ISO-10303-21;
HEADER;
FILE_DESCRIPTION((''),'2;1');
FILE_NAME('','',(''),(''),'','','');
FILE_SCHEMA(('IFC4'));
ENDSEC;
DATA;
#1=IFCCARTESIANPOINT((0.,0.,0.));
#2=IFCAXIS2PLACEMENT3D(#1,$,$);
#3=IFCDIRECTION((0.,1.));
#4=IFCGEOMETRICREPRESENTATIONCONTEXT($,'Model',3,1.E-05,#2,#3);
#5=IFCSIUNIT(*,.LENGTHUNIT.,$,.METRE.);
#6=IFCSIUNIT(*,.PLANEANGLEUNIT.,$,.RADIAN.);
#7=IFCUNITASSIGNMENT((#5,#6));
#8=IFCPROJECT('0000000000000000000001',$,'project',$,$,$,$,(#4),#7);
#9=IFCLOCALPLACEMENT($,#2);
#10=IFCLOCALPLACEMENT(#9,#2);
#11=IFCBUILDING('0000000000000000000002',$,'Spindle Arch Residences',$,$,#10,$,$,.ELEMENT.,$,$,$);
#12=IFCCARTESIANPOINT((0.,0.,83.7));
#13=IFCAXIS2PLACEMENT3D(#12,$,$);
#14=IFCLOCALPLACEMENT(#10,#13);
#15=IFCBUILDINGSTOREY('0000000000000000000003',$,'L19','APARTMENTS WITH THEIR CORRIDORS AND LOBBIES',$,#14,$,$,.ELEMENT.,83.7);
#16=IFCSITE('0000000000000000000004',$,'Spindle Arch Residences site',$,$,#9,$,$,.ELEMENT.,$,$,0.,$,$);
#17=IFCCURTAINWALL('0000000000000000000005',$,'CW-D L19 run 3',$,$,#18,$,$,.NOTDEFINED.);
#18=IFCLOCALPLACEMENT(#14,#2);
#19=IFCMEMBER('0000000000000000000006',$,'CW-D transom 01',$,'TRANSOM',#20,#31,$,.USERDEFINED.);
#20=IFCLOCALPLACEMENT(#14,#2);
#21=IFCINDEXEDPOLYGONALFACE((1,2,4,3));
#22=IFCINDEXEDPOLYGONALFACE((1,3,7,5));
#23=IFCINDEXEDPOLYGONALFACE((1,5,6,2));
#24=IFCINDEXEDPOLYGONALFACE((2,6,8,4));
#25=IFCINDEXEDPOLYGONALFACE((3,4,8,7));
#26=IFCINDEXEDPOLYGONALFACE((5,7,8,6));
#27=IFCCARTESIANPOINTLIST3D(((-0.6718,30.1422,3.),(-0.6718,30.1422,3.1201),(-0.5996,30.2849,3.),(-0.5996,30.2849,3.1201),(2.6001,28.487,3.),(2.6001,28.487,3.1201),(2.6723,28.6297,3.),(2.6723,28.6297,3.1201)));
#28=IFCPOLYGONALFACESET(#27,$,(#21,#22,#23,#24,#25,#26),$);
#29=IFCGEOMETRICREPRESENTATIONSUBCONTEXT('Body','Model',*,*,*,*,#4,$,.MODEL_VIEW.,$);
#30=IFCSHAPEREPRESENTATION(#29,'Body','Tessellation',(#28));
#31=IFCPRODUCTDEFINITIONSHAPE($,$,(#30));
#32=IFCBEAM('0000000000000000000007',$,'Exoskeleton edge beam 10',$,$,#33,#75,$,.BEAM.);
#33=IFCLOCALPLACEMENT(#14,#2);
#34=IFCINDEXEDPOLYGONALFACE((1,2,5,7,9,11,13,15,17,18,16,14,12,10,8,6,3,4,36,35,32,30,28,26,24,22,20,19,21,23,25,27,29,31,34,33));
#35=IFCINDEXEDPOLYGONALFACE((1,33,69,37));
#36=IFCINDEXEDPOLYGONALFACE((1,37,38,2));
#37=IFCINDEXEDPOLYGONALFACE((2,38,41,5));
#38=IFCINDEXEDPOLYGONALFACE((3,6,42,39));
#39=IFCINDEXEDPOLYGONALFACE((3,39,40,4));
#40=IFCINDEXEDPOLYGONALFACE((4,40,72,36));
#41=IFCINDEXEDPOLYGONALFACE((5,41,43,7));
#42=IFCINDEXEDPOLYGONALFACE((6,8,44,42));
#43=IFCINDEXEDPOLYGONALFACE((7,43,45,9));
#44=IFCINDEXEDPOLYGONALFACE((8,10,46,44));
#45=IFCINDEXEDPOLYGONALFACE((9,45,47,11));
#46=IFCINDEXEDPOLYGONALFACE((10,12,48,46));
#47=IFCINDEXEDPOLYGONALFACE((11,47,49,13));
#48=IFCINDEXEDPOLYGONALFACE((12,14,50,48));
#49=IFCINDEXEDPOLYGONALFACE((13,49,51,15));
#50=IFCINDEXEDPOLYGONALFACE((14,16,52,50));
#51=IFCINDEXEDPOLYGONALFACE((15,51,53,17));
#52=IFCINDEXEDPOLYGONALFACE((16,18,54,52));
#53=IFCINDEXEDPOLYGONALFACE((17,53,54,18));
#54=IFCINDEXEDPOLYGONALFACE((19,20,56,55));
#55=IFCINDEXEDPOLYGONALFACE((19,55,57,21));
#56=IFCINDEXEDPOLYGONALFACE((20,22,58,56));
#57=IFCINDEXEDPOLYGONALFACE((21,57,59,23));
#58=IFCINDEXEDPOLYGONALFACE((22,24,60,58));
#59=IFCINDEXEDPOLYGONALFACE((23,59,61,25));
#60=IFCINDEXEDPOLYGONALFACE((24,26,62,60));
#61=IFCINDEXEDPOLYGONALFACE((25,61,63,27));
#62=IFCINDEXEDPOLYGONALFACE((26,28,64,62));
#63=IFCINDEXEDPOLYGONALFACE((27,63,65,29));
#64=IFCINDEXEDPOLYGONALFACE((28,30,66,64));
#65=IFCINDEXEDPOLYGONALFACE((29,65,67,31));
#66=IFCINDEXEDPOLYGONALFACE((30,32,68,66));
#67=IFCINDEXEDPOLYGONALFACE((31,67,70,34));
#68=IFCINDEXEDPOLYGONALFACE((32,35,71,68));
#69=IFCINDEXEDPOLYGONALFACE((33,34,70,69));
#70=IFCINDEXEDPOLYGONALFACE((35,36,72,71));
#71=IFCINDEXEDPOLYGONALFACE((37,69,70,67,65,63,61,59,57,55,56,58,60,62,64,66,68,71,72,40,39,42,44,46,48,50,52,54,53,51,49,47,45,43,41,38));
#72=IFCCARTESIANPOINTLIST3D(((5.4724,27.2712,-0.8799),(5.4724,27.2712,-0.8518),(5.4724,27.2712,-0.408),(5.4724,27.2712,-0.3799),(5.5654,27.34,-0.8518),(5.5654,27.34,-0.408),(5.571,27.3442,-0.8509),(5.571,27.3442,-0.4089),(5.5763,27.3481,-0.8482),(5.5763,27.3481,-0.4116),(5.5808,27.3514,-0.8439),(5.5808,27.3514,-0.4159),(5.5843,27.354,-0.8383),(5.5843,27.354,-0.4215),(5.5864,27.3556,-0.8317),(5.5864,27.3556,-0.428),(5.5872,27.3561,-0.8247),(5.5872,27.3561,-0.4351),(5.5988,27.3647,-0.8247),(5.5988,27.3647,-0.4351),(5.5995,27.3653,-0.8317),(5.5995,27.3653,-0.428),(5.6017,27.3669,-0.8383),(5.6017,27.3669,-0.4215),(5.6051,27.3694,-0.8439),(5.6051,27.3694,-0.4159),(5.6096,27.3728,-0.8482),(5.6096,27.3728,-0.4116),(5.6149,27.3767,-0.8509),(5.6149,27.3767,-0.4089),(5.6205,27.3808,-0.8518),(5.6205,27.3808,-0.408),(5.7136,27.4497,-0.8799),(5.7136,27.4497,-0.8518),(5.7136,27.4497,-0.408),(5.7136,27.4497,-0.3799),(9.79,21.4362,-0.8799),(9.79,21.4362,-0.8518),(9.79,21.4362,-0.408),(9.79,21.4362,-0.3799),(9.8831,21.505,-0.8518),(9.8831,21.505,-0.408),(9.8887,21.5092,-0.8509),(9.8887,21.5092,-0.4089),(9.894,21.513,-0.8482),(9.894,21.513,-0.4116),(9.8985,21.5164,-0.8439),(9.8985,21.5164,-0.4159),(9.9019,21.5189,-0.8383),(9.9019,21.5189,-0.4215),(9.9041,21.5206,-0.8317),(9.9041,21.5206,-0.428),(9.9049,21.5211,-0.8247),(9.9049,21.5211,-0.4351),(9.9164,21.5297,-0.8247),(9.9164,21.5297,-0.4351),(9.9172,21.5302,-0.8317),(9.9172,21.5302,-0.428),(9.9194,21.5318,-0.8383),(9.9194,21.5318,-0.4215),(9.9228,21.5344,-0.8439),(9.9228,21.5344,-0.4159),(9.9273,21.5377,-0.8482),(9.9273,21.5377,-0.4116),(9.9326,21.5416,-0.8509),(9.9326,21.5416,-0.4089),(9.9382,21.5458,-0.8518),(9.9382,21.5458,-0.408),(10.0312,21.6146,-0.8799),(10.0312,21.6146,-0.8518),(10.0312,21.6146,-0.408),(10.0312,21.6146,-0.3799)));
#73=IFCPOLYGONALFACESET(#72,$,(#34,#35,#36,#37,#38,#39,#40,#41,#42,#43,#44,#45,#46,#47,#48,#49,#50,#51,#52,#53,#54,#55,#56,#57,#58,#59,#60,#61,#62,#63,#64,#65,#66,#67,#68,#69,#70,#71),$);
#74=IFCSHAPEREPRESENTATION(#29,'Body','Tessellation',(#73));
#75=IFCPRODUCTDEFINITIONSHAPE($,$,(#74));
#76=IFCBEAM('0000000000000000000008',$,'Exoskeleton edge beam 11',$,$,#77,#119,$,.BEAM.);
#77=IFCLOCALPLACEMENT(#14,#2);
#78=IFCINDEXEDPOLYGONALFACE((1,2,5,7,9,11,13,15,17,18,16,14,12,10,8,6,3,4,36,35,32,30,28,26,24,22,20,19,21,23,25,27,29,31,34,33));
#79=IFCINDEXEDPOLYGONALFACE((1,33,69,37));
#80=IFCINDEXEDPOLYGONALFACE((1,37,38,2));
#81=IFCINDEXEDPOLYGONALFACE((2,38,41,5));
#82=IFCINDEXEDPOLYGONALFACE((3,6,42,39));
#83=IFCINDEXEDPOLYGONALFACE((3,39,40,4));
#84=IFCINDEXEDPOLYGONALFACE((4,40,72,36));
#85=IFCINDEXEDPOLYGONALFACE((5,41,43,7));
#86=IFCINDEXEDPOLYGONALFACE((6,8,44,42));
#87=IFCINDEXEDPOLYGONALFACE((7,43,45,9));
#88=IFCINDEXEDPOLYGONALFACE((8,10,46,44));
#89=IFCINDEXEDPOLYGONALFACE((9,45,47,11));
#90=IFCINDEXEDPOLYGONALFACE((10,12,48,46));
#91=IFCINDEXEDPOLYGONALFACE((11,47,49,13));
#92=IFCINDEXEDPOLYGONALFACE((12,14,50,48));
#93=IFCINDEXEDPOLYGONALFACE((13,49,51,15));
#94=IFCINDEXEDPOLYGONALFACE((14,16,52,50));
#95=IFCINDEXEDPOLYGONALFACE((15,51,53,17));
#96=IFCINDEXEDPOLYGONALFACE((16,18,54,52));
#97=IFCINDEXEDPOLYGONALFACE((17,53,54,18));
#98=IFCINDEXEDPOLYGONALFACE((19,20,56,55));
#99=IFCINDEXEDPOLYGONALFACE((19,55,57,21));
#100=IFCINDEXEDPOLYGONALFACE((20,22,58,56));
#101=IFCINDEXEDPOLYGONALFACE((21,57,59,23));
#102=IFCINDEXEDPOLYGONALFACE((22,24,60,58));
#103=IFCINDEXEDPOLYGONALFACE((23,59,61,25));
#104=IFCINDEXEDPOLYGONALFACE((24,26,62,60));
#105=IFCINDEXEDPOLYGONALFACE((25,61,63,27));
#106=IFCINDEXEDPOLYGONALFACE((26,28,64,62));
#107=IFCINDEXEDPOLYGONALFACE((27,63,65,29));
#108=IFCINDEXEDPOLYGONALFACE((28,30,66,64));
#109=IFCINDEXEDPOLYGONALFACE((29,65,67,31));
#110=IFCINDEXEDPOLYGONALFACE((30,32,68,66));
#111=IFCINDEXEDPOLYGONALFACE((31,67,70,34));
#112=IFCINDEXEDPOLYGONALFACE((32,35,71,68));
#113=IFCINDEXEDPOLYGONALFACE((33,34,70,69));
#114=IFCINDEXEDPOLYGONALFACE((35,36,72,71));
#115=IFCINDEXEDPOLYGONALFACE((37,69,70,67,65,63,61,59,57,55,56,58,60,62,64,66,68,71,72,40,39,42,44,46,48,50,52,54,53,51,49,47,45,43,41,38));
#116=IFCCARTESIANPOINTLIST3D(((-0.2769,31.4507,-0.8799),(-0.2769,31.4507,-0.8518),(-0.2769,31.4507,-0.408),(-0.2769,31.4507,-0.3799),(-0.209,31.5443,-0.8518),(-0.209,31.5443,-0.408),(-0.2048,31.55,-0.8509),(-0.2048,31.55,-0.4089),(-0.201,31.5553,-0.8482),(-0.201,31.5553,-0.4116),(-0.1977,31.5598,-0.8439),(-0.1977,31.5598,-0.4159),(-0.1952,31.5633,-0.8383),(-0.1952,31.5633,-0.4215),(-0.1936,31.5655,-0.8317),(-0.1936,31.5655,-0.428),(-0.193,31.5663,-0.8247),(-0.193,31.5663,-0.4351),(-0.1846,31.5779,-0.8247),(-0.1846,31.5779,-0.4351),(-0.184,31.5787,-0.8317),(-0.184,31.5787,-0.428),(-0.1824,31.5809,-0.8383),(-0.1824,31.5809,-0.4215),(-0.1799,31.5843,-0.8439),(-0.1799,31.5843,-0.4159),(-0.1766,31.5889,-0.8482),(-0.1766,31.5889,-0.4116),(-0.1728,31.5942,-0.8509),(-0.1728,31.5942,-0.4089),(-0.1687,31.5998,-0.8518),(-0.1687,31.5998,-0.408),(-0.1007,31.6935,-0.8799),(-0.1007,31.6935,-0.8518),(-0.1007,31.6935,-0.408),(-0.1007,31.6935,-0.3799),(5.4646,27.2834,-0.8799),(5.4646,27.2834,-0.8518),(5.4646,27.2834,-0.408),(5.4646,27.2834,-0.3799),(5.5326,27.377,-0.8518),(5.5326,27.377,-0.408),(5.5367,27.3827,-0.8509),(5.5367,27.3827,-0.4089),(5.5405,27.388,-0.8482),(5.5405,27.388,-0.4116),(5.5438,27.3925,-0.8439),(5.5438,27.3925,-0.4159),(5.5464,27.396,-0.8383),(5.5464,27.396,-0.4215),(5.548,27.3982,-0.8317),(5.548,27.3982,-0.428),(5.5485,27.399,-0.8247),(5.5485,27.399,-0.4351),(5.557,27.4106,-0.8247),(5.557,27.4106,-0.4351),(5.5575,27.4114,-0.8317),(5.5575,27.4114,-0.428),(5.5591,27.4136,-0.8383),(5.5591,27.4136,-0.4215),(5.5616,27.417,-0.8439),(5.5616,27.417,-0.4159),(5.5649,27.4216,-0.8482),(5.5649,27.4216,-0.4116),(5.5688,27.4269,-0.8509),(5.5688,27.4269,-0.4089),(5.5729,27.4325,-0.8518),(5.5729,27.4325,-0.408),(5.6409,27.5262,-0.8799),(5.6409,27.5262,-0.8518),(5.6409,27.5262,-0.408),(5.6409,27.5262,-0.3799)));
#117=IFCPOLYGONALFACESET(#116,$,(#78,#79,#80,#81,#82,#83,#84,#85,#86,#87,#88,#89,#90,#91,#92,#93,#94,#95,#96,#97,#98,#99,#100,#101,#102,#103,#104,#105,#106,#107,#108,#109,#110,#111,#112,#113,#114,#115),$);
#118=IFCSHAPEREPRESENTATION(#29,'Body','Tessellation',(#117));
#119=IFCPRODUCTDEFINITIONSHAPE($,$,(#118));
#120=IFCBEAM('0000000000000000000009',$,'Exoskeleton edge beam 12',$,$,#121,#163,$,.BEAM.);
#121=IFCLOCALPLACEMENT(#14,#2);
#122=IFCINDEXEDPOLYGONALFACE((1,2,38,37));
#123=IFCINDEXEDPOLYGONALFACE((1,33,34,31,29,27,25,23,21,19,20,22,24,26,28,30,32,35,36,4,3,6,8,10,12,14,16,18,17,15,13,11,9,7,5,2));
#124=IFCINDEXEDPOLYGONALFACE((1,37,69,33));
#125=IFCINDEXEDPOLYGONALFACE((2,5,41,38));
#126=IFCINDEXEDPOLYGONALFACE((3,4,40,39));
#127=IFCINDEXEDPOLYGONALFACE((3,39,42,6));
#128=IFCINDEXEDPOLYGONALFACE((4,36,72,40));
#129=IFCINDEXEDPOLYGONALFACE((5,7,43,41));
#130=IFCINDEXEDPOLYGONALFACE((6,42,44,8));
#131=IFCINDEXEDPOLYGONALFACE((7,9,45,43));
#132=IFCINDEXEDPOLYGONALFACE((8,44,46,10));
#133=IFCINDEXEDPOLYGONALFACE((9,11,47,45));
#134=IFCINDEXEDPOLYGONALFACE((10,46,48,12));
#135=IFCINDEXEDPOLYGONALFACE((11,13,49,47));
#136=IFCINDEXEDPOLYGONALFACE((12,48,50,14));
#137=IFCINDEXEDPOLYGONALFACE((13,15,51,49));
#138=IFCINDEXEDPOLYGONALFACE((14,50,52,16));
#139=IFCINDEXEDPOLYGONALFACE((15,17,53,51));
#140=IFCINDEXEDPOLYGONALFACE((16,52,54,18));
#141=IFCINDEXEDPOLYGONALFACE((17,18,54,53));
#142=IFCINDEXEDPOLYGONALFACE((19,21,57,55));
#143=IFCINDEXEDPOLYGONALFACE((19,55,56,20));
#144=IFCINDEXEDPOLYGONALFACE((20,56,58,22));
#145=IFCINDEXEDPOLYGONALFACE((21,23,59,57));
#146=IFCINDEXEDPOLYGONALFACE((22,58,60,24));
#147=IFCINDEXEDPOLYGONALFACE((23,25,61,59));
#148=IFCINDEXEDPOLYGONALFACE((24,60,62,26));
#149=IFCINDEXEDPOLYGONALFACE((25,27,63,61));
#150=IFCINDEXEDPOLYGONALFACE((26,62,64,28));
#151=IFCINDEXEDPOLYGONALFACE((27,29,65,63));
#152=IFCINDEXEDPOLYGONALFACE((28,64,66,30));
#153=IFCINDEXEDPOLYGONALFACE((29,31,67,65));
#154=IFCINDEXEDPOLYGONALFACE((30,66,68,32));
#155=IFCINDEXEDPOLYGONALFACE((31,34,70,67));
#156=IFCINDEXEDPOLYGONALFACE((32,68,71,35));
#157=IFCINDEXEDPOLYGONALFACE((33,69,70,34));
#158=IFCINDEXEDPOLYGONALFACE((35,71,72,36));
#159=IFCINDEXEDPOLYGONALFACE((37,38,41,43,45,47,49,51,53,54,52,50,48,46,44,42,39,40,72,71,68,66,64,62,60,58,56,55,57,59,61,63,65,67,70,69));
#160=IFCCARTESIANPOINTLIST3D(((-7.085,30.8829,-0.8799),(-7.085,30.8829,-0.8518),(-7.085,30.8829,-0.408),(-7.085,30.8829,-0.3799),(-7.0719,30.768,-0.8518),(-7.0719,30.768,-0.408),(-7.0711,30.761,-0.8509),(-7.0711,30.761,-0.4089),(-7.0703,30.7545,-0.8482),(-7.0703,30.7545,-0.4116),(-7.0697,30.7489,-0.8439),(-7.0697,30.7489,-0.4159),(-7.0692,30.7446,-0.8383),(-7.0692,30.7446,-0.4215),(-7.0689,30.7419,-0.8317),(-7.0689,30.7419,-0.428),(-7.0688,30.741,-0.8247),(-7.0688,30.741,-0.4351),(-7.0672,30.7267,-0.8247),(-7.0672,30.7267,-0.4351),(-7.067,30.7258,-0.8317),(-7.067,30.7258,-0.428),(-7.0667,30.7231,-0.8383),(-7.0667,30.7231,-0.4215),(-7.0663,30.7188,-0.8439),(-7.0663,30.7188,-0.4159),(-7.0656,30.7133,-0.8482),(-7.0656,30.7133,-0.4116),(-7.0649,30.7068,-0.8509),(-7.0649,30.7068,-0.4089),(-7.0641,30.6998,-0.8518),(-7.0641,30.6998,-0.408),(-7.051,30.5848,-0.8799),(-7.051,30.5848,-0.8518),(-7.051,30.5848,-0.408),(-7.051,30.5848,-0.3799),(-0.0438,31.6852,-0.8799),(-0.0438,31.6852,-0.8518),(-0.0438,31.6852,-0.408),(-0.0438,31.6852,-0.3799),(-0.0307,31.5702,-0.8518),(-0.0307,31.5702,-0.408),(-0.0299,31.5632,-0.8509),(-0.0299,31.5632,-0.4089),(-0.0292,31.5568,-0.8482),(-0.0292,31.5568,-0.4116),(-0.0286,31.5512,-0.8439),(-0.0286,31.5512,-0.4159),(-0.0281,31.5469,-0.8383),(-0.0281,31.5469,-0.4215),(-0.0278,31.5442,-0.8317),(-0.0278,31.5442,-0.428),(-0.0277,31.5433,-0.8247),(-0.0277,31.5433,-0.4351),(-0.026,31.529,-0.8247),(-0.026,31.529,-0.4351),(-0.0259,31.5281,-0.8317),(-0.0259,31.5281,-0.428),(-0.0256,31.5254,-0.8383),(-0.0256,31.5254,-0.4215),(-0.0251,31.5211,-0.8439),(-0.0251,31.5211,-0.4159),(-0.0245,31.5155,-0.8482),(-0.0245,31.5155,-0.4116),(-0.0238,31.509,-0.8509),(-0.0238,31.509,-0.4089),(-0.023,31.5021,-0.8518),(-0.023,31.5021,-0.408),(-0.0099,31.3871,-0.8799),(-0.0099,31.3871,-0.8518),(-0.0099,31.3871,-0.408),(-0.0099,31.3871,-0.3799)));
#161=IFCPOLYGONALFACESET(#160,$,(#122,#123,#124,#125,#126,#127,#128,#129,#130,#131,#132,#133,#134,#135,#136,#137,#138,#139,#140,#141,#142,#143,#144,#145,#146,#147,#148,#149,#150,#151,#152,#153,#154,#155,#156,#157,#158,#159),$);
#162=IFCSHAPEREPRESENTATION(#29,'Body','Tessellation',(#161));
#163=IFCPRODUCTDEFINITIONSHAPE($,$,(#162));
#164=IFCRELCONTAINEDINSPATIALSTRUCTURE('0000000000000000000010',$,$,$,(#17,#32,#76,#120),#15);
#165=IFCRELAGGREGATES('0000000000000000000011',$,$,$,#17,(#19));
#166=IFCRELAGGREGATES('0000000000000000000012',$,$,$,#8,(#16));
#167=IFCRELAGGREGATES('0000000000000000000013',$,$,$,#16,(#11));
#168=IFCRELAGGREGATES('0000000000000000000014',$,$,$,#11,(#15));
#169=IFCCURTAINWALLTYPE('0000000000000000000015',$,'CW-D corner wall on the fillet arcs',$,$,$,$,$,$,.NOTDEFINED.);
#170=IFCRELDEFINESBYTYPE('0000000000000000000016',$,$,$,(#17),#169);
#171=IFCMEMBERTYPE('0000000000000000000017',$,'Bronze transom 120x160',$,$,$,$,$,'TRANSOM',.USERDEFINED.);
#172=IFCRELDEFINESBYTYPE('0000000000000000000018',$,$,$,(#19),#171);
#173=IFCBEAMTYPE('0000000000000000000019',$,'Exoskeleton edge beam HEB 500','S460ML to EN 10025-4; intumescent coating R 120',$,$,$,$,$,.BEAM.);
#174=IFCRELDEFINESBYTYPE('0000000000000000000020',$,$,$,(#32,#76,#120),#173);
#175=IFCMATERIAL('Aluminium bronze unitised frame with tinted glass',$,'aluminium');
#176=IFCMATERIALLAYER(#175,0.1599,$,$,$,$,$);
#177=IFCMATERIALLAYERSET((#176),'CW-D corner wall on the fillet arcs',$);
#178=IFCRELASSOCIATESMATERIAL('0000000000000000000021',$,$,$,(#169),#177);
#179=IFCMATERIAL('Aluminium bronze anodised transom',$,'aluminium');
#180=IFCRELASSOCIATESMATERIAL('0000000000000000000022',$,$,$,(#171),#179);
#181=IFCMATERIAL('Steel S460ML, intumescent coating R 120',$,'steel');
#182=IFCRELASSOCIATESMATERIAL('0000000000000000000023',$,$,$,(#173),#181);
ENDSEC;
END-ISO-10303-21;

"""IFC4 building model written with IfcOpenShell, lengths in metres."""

from ifc_helpers import new_model, si_unit, direction, frame, origin, origin_2d, place, context, subcontext, project, spatial, rectangle, i_section, extrude, material, layer, layer_set, material_profile, profile_set, type_object, element, aggregate, save


model = new_model("IFC4")

# Units and contexts
model_context = context("Model", 3, precision=1e-05, world=origin(), true_north=direction((0.0, 1.0)))
body_context = subcontext(model_context, "Body", "Model", "MODEL_VIEW")
ifc_project = project(units=[si_unit("LENGTHUNIT", "METRE"), si_unit("PLANEANGLEUNIT", "RADIAN")], contexts=[model_context])

# Site, building, storey
site_placement = place(None, origin())
site = spatial("IfcSite", under=ifc_project, at=site_placement, Name="Spindle Arch Residences site", CompositionType="ELEMENT", RefElevation=0.0)
building_placement = place(site_placement, origin())
building = spatial("IfcBuilding", under=site, at=building_placement, Name="Spindle Arch Residences", CompositionType="ELEMENT")
storey_placement = place(building_placement, frame((0.0, 0.0, 83.7)))
storey = spatial("IfcBuildingStorey", under=building, at=storey_placement, Name="L19", Description="APARTMENTS WITH THEIR CORRIDORS AND LOBBIES", CompositionType="ELEMENT", Elevation=83.7)

# Curtain wall, member
ifc_material_1 = material(Name="Aluminium bronze unitised frame with tinted glass", Category="aluminium")
ifc_layer_1 = layer(ifc_material_1, 0.1599)
ifc_layer_set_1 = layer_set([ifc_layer_1], Name="CW-D corner wall on the fillet arcs")
curtain_wall_type_1 = type_object("IfcCurtainWallType", Name="CW-D corner wall on the fillet arcs", PredefinedType="NOTDEFINED", material=ifc_layer_set_1)
curtain_wall_1_placement = place(storey_placement, origin())
curtain_wall_1 = element("IfcCurtainWall", 1, at=curtain_wall_1_placement, inside=storey, type_object=curtain_wall_type_1, Name="CW-D L19 run 3", PredefinedType="NOTDEFINED")
ifc_material_2 = material(Name="Aluminium bronze anodised transom", Category="aluminium")
ifc_material_profile_1 = material_profile(ifc_material_2, rectangle(XDim=0.1599, YDim=0.1201, at=origin_2d()), Name="TR 120x160")
ifc_profile_set_1 = profile_set([ifc_material_profile_1], Name="Aluminium bronze anodised transom")
member_type_1 = type_object("IfcMemberType", Name="Bronze transom 120x160", ElementType="TRANSOM", PredefinedType="USERDEFINED", material=ifc_profile_set_1)
member_1_placement = place(storey_placement, frame((2.6362, 28.5583, 3.0601), z_axis=(-0.892313, 0.451417, 0.0), x_axis=(-0.451417, -0.892313, 0.0)))
member_1 = element("IfcMember", 2, at=member_1_placement, type_object=member_type_1, Name="CW-D transom 01", ObjectType="TRANSOM", PredefinedType="USERDEFINED", context=body_context, shape_type="SweptSolid", body=[
    extrude(rectangle(XDim=0.1599, YDim=0.1201, at=origin_2d()), origin(), (0.0, 0.0, 1.0), 3.6667),
])

# Beams
ifc_material_3 = material(Name="Steel S460ML, intumescent coating R 120", Category="steel")
ifc_material_profile_2 = material_profile(ifc_material_3, i_section(OverallWidth=0.3, OverallDepth=0.5, WebThickness=0.0144, FlangeThickness=0.0281, FilletRadius=0.0271, at=origin_2d()), Name="HEB 500")
ifc_profile_set_2 = profile_set([ifc_material_profile_2], Name="Steel S460ML, intumescent coating R 120")
beam_type_1 = type_object("IfcBeamType", Name="Exoskeleton edge beam HEB 500", Description="S460ML to EN 10025-4; intumescent coating R 120", PredefinedType="BEAM", material=ifc_profile_set_2)
beam_1_placement = place(storey_placement, frame((9.9106, 21.5254, -0.6299), z_axis=(-0.594821, 0.803858, 0.0), x_axis=(-0.803858, -0.594821, 0.0)))
element("IfcBeam", 3, at=beam_1_placement, inside=storey, type_object=beam_type_1, Name="Exoskeleton edge beam 10", PredefinedType="BEAM", context=body_context, shape_type="SweptSolid", body=[
    extrude(i_section(OverallWidth=0.3, OverallDepth=0.5, WebThickness=0.0144, FlangeThickness=0.0281, FilletRadius=0.0271, at=origin_2d()), origin(), (0.0, 0.0, 1.0), 7.2588),
])
beam_2_placement = place(storey_placement, frame((5.5527, 27.4048, -0.6299), z_axis=(-0.809297, 0.5874, 0.0), x_axis=(-0.5874, -0.809297, 0.0)))
element("IfcBeam", 4, at=beam_2_placement, inside=storey, type_object=beam_type_1, Name="Exoskeleton edge beam 11", PredefinedType="BEAM", context=body_context, shape_type="SweptSolid", body=[
    extrude(i_section(OverallWidth=0.3, OverallDepth=0.5, WebThickness=0.0144, FlangeThickness=0.0281, FilletRadius=0.0271, at=origin_2d()), origin(), (0.0, 0.0, 1.0), 7.0945),
])
beam_3_placement = place(storey_placement, frame((-0.0269, 31.5361, -0.6299), z_axis=(-0.993571, -0.113207, 0.0), x_axis=(0.113207, -0.993571, 0.0)))
element("IfcBeam", 5, at=beam_3_placement, inside=storey, type_object=beam_type_1, Name="Exoskeleton edge beam 12", PredefinedType="BEAM", context=body_context, shape_type="SweptSolid", body=[
    extrude(i_section(OverallWidth=0.3, OverallDepth=0.5, WebThickness=0.0144, FlangeThickness=0.0281, FilletRadius=0.0271, at=origin_2d()), origin(), (0.0, 0.0, 1.0), 7.0867),
])

aggregate(curtain_wall_1, [member_1])

save(model, "model.ifc")
